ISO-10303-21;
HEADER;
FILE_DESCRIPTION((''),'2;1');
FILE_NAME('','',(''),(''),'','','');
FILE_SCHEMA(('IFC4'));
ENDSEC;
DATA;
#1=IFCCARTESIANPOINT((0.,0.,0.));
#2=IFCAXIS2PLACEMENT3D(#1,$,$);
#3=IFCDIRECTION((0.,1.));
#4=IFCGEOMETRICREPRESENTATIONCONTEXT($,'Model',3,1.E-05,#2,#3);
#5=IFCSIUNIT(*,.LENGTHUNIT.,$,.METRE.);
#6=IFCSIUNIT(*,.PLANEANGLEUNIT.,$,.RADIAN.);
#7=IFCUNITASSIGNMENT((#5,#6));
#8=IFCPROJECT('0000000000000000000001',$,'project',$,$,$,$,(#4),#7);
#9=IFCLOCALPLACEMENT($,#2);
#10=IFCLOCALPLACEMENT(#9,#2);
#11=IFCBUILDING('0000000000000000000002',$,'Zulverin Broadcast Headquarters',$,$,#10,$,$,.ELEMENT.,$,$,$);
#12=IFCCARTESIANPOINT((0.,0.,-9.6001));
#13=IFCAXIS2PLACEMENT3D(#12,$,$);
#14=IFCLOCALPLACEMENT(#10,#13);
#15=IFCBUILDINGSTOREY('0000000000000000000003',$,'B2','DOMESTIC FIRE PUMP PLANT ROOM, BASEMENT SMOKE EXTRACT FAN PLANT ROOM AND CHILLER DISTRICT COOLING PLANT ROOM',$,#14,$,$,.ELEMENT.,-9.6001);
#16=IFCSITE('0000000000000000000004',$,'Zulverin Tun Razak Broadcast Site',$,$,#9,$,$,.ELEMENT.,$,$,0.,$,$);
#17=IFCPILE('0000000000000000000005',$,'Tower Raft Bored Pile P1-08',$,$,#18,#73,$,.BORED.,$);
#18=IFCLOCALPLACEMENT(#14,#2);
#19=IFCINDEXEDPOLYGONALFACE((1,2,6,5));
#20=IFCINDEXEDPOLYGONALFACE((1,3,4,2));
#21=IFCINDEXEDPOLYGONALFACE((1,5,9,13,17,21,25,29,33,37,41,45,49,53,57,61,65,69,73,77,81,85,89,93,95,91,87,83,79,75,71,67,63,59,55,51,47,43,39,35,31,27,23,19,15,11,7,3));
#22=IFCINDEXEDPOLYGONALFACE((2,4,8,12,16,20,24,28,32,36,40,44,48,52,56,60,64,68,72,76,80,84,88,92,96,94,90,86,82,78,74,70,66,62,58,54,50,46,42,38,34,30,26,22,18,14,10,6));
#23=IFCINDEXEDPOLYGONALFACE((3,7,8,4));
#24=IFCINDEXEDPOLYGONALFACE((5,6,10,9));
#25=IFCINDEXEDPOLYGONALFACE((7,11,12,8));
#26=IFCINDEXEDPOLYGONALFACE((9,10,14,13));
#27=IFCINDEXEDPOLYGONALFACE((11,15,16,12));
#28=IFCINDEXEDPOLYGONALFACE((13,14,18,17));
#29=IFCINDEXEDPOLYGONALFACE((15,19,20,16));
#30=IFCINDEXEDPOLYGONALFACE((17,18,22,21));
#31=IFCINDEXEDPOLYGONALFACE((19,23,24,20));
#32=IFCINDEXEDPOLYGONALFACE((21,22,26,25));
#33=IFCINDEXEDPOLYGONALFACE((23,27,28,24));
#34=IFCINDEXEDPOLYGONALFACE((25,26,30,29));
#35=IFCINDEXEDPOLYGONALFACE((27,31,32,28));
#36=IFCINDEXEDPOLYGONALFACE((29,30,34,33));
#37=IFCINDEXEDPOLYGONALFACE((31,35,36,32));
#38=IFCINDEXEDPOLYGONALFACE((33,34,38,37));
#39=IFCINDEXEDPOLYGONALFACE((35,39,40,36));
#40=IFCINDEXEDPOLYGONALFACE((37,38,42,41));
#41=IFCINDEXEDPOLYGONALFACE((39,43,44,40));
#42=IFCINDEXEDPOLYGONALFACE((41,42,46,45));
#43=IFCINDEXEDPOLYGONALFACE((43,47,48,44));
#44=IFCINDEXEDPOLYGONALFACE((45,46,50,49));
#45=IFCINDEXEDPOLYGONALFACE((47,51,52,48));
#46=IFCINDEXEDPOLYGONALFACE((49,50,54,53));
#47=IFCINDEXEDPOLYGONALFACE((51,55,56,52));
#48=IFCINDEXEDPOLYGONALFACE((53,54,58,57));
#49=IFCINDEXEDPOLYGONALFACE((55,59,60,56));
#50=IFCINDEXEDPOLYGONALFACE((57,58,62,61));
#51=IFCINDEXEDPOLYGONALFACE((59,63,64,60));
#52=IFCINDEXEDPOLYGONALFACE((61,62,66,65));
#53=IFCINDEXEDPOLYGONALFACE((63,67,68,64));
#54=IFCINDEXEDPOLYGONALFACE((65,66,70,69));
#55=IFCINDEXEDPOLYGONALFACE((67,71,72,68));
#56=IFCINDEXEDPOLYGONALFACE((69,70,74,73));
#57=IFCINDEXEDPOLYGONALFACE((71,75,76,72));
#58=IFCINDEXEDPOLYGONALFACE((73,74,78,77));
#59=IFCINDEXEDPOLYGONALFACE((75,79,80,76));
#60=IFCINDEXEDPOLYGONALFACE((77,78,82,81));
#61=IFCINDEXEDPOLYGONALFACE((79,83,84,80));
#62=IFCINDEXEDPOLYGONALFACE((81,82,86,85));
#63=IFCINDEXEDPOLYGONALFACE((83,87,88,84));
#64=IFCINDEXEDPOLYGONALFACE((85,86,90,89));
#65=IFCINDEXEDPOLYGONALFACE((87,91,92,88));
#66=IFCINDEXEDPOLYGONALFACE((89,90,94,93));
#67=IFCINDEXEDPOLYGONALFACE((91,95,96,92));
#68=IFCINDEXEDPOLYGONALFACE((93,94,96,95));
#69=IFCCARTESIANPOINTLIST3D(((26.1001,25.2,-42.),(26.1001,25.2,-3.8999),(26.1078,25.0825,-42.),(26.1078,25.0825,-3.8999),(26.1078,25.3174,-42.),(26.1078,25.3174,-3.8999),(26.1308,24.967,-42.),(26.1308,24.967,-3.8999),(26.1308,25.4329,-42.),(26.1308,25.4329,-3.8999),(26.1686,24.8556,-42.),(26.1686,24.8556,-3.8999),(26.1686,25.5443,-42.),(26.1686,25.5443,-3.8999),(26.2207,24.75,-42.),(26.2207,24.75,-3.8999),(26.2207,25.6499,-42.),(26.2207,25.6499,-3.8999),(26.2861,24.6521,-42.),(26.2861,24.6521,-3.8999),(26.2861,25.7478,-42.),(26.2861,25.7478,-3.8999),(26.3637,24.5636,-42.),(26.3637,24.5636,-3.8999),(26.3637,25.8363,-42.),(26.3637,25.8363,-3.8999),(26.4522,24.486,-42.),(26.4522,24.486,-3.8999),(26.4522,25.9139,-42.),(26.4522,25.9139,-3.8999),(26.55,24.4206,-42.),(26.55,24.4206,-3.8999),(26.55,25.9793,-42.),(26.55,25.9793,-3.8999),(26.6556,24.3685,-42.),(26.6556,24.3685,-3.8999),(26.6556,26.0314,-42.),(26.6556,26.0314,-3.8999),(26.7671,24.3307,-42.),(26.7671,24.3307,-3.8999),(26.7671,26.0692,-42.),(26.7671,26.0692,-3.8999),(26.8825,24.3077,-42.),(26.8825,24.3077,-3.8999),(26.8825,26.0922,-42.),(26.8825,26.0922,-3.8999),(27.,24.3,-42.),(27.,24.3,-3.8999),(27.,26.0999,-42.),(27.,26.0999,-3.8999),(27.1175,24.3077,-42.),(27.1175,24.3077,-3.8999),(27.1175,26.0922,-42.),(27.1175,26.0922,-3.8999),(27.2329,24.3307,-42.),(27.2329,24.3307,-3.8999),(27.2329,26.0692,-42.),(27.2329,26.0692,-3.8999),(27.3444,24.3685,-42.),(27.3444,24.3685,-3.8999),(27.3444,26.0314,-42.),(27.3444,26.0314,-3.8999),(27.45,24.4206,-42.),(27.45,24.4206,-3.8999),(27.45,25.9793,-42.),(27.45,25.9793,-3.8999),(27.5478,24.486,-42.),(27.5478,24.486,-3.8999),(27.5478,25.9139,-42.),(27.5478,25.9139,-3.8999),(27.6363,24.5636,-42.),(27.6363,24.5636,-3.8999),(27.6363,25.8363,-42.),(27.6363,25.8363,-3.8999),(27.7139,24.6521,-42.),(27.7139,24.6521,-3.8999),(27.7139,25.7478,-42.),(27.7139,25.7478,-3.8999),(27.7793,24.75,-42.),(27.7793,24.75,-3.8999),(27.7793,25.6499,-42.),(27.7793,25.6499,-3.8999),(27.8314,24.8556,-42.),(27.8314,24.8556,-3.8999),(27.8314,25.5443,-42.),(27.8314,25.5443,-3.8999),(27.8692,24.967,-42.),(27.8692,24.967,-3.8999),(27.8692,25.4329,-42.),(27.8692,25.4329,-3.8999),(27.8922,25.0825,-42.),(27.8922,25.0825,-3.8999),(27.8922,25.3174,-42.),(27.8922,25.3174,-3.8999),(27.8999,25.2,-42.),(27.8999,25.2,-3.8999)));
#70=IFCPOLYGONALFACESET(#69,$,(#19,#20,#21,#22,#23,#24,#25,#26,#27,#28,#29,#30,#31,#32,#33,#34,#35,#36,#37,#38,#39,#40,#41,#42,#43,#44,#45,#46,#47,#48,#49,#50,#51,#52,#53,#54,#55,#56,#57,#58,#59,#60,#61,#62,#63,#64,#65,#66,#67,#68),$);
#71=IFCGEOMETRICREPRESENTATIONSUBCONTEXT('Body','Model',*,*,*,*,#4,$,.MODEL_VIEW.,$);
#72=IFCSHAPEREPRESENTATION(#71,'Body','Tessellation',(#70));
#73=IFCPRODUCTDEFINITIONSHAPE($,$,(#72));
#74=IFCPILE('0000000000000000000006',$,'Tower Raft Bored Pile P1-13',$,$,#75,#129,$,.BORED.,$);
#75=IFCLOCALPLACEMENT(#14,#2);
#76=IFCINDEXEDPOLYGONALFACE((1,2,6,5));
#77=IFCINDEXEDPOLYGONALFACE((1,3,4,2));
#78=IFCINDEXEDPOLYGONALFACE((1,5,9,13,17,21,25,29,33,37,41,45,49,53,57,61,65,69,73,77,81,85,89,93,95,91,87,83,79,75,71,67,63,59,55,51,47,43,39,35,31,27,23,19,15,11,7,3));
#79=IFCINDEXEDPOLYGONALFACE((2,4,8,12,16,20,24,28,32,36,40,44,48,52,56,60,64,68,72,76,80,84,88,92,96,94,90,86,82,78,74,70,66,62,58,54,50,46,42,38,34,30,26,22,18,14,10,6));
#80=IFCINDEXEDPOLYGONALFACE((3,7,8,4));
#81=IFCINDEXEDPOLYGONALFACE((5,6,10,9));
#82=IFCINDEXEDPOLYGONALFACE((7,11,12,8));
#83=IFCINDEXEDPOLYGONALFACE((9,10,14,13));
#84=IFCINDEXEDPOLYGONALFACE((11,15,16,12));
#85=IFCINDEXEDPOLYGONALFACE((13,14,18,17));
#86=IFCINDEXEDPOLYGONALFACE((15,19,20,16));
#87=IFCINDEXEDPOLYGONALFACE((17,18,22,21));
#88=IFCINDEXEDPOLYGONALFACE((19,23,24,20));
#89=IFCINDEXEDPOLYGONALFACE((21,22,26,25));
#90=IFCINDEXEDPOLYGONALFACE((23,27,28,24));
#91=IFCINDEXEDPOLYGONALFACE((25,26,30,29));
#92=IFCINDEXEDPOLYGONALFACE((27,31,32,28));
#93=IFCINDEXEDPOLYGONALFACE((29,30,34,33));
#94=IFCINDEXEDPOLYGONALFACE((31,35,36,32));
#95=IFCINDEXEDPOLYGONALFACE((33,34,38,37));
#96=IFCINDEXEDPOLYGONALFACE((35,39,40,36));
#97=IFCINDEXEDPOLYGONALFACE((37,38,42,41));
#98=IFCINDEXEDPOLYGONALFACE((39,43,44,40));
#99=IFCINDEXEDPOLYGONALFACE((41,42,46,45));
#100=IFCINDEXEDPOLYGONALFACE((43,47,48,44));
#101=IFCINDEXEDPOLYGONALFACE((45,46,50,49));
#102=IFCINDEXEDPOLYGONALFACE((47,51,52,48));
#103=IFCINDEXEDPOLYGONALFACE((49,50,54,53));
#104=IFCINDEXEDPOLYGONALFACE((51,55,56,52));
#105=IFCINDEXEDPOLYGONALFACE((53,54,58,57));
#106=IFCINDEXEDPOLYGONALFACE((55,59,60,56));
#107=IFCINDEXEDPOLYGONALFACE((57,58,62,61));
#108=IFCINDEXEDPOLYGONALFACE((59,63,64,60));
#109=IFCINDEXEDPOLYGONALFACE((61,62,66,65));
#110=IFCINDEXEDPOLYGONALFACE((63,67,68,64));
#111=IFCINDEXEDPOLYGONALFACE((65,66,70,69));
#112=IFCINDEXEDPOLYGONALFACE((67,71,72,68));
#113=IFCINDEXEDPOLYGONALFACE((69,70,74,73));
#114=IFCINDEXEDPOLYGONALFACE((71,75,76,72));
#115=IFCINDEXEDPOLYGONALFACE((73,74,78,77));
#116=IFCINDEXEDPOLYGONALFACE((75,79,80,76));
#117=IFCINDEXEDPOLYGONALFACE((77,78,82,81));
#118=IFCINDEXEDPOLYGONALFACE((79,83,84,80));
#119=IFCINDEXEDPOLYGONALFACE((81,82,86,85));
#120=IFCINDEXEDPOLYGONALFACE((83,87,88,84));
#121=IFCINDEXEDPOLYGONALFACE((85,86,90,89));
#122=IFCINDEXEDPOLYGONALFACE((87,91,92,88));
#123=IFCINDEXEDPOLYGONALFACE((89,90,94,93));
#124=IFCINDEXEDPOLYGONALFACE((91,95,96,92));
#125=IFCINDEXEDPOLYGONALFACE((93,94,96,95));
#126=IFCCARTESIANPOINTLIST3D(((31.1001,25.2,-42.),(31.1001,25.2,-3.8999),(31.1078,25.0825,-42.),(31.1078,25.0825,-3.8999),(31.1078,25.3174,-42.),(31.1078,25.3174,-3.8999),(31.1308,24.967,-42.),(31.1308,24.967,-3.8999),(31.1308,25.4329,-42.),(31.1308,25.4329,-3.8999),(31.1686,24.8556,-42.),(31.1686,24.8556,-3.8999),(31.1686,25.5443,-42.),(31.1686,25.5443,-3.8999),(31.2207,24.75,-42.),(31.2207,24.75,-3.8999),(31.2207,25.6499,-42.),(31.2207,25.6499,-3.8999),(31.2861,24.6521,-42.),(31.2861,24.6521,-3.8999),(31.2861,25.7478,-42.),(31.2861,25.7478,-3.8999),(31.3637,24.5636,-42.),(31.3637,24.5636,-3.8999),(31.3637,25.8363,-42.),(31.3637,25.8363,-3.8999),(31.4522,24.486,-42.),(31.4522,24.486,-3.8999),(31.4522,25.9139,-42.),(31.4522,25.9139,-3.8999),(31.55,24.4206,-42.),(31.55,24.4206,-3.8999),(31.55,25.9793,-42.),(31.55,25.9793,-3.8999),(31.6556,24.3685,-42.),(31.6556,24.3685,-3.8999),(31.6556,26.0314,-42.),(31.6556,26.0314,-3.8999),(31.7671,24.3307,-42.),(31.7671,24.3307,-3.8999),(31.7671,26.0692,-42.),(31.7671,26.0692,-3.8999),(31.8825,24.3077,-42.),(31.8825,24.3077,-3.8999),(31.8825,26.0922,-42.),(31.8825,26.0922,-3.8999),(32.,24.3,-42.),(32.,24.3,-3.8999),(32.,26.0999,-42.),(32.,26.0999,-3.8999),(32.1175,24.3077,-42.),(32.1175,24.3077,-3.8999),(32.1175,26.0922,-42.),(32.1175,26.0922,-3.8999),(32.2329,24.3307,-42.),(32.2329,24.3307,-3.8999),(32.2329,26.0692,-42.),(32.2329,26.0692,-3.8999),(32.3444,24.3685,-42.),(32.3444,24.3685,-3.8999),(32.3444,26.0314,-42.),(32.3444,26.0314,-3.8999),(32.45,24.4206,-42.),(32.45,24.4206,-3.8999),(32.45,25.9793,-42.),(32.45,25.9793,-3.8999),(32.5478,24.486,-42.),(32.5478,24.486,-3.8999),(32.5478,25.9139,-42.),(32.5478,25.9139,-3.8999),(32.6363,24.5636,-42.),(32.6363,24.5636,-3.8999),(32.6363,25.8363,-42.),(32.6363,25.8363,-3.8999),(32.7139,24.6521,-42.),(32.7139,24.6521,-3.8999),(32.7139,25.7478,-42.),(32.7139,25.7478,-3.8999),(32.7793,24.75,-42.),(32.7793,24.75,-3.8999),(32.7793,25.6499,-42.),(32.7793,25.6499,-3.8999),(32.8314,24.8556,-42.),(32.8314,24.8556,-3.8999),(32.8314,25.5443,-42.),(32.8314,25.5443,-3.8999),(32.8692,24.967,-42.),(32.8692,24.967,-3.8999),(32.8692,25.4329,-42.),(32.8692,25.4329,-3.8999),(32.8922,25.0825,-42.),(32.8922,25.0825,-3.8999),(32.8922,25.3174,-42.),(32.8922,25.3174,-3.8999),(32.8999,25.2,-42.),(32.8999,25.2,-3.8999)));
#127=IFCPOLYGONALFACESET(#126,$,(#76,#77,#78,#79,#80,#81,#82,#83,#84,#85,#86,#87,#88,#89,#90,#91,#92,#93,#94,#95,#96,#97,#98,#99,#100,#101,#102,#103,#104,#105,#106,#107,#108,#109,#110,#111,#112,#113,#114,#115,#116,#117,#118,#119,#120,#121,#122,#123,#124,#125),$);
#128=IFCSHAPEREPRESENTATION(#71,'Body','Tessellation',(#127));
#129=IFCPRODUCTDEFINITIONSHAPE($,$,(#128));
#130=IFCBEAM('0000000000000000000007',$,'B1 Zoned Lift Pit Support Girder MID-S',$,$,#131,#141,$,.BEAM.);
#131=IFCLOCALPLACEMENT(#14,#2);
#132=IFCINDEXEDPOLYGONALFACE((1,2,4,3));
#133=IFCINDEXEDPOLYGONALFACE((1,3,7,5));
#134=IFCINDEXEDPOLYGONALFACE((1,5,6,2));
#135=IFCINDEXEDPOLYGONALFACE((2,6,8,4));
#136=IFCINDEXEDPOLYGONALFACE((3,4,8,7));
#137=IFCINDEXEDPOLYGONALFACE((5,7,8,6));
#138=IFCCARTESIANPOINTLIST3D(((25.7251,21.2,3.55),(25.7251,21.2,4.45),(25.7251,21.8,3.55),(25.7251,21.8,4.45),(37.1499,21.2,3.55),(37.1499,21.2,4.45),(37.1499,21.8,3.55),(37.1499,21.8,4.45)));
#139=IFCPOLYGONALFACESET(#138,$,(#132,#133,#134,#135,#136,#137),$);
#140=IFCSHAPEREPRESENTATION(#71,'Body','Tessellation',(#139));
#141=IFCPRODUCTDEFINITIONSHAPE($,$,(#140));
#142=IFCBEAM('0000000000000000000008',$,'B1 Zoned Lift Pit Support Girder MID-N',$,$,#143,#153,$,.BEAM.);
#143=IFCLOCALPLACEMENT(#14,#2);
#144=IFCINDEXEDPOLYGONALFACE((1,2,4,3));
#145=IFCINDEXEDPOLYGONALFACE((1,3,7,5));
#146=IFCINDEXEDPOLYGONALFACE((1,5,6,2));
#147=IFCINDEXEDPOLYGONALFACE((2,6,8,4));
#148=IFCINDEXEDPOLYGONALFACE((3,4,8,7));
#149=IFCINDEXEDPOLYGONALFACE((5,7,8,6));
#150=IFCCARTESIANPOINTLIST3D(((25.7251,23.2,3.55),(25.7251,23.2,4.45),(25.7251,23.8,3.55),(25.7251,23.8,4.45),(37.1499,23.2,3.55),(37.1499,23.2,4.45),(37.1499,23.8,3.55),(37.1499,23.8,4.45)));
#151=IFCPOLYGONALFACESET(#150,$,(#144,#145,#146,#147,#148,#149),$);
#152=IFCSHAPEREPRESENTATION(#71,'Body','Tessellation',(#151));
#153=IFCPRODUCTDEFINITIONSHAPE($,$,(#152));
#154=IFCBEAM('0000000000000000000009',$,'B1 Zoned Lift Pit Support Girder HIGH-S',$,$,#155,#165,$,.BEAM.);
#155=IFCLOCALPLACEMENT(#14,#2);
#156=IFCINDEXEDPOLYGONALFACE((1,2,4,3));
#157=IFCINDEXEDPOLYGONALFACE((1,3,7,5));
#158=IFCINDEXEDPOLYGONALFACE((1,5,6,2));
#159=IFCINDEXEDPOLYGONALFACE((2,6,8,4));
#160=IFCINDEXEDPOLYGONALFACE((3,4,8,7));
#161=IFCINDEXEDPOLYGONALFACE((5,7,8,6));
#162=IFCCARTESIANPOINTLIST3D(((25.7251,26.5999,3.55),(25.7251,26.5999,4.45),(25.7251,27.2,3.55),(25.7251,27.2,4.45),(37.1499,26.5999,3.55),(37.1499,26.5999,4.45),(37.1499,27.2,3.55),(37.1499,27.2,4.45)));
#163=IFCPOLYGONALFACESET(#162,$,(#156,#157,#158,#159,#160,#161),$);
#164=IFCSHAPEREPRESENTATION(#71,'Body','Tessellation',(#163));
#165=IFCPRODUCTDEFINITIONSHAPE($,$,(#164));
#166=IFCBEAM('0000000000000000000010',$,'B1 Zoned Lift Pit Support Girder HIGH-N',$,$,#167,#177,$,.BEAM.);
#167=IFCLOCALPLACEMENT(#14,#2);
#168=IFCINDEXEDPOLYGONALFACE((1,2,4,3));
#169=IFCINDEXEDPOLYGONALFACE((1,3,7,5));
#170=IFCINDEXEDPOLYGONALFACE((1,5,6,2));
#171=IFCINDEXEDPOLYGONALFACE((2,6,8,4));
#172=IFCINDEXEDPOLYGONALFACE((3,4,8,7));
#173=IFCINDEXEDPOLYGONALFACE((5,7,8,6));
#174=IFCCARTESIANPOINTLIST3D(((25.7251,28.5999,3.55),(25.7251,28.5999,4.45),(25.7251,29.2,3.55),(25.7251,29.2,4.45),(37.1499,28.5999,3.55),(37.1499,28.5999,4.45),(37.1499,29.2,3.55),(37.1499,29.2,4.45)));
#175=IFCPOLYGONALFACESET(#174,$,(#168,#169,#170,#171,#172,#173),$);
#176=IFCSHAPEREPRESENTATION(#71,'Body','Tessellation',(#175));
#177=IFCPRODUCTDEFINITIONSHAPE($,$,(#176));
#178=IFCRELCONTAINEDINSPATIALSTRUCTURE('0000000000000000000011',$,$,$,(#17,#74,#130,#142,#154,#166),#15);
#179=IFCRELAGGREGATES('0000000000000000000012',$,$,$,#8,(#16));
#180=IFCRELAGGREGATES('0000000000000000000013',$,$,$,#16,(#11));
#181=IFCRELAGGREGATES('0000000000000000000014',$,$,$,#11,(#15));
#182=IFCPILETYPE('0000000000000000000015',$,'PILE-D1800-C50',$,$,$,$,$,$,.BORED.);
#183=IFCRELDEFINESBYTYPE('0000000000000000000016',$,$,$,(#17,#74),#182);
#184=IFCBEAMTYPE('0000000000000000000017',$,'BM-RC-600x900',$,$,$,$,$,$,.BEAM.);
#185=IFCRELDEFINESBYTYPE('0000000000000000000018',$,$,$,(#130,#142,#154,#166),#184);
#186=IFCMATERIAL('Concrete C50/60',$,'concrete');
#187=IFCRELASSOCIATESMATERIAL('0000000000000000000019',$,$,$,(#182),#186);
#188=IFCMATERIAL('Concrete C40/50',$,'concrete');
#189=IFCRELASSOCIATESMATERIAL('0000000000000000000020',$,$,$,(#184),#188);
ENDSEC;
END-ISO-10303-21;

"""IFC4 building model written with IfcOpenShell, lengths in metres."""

from ifc_helpers import new_model, si_unit, direction, frame, origin, origin_2d, place, context, subcontext, project, spatial, rectangle, circle, extrude, material, material_profile, profile_set, type_object, element, save


model = new_model("IFC4")

# Units and contexts
model_context = context("Model", 3, precision=1e-05, world=origin(), true_north=direction((0.0, 1.0)))
body_context = subcontext(model_context, "Body", "Model", "MODEL_VIEW")
ifc_project = project(units=[si_unit("LENGTHUNIT", "METRE"), si_unit("PLANEANGLEUNIT", "RADIAN")], contexts=[model_context])

# Site, building, storey
site_placement = place(None, origin())
site = spatial("IfcSite", under=ifc_project, at=site_placement, Name="Zulverin Tun Razak Broadcast Site", CompositionType="ELEMENT", RefElevation=0.0)
building_placement = place(site_placement, origin())
building = spatial("IfcBuilding", under=site, at=building_placement, Name="Zulverin Broadcast Headquarters", CompositionType="ELEMENT")
storey_placement = place(building_placement, frame((0.0, 0.0, -9.6001)))
storey = spatial("IfcBuildingStorey", under=building, at=storey_placement, Name="B2", Description="DOMESTIC FIRE PUMP PLANT ROOM, BASEMENT SMOKE EXTRACT FAN PLANT ROOM AND CHILLER DISTRICT COOLING PLANT ROOM", CompositionType="ELEMENT", Elevation=-9.6001)

# Piles
ifc_material_1 = material(Name="Concrete C50/60", Category="concrete")
ifc_material_profile_1 = material_profile(ifc_material_1, circle(Radius=0.8999, at=origin_2d()), Name="Concrete C50/60", Category="concrete")
ifc_profile_set_1 = profile_set([ifc_material_profile_1], Name="Concrete C50/60")
pile_type = type_object("IfcPileType", Name="PILE-D1800-C50", PredefinedType="BORED", material=ifc_profile_set_1)
for number, where, z_axis, x_axis, name in (
    (1, (27.0, 25.2, -3.8999), (0.0, 0.0, -1.0), (1.0, 0.0, 0.0), "Tower Raft Bored Pile P1-08"),
    (2, (32.0, 25.2, -3.8999), (0.0, 0.0, -1.0), (1.0, 0.0, 0.0), "Tower Raft Bored Pile P1-13"),
):
    element("IfcPile", number, at=place(storey_placement, frame(where, z_axis=z_axis, x_axis=x_axis)), inside=storey, type_object=pile_type, Name=name, PredefinedType="BORED", context=body_context, shape_type="SweptSolid", body=[
        extrude(circle(Radius=0.8999, at=origin_2d()), origin(), (0.0, 0.0, 1.0), 38.1001),
    ])

# Beams
ifc_material_2 = material(Name="Concrete C40/50", Category="concrete")
ifc_material_profile_2 = material_profile(ifc_material_2, rectangle(XDim=0.6001, YDim=0.8999, at=origin_2d()), Name="Concrete C40/50", Category="concrete")
ifc_profile_set_2 = profile_set([ifc_material_profile_2], Name="Concrete C40/50")
beam_type = type_object("IfcBeamType", Name="BM-RC-600x900", PredefinedType="BEAM", material=ifc_profile_set_2)
for number, where, z_axis, x_axis, name in (
    (3, (25.7251, 21.5, 4.0), (1.0, 0.0, 0.0), (0.0, 1.0, 0.0), "B1 Zoned Lift Pit Support Girder MID-S"),
    (4, (25.7251, 23.5, 4.0), (1.0, 0.0, 0.0), (0.0, 1.0, 0.0), "B1 Zoned Lift Pit Support Girder MID-N"),
    (5, (25.7251, 26.8999, 4.0), (1.0, 0.0, 0.0), (0.0, 1.0, 0.0), "B1 Zoned Lift Pit Support Girder HIGH-S"),
    (6, (25.7251, 28.8999, 4.0), (1.0, 0.0, 0.0), (0.0, 1.0, 0.0), "B1 Zoned Lift Pit Support Girder HIGH-N"),
):
    element("IfcBeam", number, at=place(storey_placement, frame(where, z_axis=z_axis, x_axis=x_axis)), inside=storey, type_object=beam_type, Name=name, PredefinedType="BEAM", context=body_context, shape_type="SweptSolid", body=[
        extrude(rectangle(XDim=0.6001, YDim=0.8999, at=origin_2d()), origin(), (0.0, 0.0, 1.0), 11.4248),
    ])

save(model, "model.ifc")
